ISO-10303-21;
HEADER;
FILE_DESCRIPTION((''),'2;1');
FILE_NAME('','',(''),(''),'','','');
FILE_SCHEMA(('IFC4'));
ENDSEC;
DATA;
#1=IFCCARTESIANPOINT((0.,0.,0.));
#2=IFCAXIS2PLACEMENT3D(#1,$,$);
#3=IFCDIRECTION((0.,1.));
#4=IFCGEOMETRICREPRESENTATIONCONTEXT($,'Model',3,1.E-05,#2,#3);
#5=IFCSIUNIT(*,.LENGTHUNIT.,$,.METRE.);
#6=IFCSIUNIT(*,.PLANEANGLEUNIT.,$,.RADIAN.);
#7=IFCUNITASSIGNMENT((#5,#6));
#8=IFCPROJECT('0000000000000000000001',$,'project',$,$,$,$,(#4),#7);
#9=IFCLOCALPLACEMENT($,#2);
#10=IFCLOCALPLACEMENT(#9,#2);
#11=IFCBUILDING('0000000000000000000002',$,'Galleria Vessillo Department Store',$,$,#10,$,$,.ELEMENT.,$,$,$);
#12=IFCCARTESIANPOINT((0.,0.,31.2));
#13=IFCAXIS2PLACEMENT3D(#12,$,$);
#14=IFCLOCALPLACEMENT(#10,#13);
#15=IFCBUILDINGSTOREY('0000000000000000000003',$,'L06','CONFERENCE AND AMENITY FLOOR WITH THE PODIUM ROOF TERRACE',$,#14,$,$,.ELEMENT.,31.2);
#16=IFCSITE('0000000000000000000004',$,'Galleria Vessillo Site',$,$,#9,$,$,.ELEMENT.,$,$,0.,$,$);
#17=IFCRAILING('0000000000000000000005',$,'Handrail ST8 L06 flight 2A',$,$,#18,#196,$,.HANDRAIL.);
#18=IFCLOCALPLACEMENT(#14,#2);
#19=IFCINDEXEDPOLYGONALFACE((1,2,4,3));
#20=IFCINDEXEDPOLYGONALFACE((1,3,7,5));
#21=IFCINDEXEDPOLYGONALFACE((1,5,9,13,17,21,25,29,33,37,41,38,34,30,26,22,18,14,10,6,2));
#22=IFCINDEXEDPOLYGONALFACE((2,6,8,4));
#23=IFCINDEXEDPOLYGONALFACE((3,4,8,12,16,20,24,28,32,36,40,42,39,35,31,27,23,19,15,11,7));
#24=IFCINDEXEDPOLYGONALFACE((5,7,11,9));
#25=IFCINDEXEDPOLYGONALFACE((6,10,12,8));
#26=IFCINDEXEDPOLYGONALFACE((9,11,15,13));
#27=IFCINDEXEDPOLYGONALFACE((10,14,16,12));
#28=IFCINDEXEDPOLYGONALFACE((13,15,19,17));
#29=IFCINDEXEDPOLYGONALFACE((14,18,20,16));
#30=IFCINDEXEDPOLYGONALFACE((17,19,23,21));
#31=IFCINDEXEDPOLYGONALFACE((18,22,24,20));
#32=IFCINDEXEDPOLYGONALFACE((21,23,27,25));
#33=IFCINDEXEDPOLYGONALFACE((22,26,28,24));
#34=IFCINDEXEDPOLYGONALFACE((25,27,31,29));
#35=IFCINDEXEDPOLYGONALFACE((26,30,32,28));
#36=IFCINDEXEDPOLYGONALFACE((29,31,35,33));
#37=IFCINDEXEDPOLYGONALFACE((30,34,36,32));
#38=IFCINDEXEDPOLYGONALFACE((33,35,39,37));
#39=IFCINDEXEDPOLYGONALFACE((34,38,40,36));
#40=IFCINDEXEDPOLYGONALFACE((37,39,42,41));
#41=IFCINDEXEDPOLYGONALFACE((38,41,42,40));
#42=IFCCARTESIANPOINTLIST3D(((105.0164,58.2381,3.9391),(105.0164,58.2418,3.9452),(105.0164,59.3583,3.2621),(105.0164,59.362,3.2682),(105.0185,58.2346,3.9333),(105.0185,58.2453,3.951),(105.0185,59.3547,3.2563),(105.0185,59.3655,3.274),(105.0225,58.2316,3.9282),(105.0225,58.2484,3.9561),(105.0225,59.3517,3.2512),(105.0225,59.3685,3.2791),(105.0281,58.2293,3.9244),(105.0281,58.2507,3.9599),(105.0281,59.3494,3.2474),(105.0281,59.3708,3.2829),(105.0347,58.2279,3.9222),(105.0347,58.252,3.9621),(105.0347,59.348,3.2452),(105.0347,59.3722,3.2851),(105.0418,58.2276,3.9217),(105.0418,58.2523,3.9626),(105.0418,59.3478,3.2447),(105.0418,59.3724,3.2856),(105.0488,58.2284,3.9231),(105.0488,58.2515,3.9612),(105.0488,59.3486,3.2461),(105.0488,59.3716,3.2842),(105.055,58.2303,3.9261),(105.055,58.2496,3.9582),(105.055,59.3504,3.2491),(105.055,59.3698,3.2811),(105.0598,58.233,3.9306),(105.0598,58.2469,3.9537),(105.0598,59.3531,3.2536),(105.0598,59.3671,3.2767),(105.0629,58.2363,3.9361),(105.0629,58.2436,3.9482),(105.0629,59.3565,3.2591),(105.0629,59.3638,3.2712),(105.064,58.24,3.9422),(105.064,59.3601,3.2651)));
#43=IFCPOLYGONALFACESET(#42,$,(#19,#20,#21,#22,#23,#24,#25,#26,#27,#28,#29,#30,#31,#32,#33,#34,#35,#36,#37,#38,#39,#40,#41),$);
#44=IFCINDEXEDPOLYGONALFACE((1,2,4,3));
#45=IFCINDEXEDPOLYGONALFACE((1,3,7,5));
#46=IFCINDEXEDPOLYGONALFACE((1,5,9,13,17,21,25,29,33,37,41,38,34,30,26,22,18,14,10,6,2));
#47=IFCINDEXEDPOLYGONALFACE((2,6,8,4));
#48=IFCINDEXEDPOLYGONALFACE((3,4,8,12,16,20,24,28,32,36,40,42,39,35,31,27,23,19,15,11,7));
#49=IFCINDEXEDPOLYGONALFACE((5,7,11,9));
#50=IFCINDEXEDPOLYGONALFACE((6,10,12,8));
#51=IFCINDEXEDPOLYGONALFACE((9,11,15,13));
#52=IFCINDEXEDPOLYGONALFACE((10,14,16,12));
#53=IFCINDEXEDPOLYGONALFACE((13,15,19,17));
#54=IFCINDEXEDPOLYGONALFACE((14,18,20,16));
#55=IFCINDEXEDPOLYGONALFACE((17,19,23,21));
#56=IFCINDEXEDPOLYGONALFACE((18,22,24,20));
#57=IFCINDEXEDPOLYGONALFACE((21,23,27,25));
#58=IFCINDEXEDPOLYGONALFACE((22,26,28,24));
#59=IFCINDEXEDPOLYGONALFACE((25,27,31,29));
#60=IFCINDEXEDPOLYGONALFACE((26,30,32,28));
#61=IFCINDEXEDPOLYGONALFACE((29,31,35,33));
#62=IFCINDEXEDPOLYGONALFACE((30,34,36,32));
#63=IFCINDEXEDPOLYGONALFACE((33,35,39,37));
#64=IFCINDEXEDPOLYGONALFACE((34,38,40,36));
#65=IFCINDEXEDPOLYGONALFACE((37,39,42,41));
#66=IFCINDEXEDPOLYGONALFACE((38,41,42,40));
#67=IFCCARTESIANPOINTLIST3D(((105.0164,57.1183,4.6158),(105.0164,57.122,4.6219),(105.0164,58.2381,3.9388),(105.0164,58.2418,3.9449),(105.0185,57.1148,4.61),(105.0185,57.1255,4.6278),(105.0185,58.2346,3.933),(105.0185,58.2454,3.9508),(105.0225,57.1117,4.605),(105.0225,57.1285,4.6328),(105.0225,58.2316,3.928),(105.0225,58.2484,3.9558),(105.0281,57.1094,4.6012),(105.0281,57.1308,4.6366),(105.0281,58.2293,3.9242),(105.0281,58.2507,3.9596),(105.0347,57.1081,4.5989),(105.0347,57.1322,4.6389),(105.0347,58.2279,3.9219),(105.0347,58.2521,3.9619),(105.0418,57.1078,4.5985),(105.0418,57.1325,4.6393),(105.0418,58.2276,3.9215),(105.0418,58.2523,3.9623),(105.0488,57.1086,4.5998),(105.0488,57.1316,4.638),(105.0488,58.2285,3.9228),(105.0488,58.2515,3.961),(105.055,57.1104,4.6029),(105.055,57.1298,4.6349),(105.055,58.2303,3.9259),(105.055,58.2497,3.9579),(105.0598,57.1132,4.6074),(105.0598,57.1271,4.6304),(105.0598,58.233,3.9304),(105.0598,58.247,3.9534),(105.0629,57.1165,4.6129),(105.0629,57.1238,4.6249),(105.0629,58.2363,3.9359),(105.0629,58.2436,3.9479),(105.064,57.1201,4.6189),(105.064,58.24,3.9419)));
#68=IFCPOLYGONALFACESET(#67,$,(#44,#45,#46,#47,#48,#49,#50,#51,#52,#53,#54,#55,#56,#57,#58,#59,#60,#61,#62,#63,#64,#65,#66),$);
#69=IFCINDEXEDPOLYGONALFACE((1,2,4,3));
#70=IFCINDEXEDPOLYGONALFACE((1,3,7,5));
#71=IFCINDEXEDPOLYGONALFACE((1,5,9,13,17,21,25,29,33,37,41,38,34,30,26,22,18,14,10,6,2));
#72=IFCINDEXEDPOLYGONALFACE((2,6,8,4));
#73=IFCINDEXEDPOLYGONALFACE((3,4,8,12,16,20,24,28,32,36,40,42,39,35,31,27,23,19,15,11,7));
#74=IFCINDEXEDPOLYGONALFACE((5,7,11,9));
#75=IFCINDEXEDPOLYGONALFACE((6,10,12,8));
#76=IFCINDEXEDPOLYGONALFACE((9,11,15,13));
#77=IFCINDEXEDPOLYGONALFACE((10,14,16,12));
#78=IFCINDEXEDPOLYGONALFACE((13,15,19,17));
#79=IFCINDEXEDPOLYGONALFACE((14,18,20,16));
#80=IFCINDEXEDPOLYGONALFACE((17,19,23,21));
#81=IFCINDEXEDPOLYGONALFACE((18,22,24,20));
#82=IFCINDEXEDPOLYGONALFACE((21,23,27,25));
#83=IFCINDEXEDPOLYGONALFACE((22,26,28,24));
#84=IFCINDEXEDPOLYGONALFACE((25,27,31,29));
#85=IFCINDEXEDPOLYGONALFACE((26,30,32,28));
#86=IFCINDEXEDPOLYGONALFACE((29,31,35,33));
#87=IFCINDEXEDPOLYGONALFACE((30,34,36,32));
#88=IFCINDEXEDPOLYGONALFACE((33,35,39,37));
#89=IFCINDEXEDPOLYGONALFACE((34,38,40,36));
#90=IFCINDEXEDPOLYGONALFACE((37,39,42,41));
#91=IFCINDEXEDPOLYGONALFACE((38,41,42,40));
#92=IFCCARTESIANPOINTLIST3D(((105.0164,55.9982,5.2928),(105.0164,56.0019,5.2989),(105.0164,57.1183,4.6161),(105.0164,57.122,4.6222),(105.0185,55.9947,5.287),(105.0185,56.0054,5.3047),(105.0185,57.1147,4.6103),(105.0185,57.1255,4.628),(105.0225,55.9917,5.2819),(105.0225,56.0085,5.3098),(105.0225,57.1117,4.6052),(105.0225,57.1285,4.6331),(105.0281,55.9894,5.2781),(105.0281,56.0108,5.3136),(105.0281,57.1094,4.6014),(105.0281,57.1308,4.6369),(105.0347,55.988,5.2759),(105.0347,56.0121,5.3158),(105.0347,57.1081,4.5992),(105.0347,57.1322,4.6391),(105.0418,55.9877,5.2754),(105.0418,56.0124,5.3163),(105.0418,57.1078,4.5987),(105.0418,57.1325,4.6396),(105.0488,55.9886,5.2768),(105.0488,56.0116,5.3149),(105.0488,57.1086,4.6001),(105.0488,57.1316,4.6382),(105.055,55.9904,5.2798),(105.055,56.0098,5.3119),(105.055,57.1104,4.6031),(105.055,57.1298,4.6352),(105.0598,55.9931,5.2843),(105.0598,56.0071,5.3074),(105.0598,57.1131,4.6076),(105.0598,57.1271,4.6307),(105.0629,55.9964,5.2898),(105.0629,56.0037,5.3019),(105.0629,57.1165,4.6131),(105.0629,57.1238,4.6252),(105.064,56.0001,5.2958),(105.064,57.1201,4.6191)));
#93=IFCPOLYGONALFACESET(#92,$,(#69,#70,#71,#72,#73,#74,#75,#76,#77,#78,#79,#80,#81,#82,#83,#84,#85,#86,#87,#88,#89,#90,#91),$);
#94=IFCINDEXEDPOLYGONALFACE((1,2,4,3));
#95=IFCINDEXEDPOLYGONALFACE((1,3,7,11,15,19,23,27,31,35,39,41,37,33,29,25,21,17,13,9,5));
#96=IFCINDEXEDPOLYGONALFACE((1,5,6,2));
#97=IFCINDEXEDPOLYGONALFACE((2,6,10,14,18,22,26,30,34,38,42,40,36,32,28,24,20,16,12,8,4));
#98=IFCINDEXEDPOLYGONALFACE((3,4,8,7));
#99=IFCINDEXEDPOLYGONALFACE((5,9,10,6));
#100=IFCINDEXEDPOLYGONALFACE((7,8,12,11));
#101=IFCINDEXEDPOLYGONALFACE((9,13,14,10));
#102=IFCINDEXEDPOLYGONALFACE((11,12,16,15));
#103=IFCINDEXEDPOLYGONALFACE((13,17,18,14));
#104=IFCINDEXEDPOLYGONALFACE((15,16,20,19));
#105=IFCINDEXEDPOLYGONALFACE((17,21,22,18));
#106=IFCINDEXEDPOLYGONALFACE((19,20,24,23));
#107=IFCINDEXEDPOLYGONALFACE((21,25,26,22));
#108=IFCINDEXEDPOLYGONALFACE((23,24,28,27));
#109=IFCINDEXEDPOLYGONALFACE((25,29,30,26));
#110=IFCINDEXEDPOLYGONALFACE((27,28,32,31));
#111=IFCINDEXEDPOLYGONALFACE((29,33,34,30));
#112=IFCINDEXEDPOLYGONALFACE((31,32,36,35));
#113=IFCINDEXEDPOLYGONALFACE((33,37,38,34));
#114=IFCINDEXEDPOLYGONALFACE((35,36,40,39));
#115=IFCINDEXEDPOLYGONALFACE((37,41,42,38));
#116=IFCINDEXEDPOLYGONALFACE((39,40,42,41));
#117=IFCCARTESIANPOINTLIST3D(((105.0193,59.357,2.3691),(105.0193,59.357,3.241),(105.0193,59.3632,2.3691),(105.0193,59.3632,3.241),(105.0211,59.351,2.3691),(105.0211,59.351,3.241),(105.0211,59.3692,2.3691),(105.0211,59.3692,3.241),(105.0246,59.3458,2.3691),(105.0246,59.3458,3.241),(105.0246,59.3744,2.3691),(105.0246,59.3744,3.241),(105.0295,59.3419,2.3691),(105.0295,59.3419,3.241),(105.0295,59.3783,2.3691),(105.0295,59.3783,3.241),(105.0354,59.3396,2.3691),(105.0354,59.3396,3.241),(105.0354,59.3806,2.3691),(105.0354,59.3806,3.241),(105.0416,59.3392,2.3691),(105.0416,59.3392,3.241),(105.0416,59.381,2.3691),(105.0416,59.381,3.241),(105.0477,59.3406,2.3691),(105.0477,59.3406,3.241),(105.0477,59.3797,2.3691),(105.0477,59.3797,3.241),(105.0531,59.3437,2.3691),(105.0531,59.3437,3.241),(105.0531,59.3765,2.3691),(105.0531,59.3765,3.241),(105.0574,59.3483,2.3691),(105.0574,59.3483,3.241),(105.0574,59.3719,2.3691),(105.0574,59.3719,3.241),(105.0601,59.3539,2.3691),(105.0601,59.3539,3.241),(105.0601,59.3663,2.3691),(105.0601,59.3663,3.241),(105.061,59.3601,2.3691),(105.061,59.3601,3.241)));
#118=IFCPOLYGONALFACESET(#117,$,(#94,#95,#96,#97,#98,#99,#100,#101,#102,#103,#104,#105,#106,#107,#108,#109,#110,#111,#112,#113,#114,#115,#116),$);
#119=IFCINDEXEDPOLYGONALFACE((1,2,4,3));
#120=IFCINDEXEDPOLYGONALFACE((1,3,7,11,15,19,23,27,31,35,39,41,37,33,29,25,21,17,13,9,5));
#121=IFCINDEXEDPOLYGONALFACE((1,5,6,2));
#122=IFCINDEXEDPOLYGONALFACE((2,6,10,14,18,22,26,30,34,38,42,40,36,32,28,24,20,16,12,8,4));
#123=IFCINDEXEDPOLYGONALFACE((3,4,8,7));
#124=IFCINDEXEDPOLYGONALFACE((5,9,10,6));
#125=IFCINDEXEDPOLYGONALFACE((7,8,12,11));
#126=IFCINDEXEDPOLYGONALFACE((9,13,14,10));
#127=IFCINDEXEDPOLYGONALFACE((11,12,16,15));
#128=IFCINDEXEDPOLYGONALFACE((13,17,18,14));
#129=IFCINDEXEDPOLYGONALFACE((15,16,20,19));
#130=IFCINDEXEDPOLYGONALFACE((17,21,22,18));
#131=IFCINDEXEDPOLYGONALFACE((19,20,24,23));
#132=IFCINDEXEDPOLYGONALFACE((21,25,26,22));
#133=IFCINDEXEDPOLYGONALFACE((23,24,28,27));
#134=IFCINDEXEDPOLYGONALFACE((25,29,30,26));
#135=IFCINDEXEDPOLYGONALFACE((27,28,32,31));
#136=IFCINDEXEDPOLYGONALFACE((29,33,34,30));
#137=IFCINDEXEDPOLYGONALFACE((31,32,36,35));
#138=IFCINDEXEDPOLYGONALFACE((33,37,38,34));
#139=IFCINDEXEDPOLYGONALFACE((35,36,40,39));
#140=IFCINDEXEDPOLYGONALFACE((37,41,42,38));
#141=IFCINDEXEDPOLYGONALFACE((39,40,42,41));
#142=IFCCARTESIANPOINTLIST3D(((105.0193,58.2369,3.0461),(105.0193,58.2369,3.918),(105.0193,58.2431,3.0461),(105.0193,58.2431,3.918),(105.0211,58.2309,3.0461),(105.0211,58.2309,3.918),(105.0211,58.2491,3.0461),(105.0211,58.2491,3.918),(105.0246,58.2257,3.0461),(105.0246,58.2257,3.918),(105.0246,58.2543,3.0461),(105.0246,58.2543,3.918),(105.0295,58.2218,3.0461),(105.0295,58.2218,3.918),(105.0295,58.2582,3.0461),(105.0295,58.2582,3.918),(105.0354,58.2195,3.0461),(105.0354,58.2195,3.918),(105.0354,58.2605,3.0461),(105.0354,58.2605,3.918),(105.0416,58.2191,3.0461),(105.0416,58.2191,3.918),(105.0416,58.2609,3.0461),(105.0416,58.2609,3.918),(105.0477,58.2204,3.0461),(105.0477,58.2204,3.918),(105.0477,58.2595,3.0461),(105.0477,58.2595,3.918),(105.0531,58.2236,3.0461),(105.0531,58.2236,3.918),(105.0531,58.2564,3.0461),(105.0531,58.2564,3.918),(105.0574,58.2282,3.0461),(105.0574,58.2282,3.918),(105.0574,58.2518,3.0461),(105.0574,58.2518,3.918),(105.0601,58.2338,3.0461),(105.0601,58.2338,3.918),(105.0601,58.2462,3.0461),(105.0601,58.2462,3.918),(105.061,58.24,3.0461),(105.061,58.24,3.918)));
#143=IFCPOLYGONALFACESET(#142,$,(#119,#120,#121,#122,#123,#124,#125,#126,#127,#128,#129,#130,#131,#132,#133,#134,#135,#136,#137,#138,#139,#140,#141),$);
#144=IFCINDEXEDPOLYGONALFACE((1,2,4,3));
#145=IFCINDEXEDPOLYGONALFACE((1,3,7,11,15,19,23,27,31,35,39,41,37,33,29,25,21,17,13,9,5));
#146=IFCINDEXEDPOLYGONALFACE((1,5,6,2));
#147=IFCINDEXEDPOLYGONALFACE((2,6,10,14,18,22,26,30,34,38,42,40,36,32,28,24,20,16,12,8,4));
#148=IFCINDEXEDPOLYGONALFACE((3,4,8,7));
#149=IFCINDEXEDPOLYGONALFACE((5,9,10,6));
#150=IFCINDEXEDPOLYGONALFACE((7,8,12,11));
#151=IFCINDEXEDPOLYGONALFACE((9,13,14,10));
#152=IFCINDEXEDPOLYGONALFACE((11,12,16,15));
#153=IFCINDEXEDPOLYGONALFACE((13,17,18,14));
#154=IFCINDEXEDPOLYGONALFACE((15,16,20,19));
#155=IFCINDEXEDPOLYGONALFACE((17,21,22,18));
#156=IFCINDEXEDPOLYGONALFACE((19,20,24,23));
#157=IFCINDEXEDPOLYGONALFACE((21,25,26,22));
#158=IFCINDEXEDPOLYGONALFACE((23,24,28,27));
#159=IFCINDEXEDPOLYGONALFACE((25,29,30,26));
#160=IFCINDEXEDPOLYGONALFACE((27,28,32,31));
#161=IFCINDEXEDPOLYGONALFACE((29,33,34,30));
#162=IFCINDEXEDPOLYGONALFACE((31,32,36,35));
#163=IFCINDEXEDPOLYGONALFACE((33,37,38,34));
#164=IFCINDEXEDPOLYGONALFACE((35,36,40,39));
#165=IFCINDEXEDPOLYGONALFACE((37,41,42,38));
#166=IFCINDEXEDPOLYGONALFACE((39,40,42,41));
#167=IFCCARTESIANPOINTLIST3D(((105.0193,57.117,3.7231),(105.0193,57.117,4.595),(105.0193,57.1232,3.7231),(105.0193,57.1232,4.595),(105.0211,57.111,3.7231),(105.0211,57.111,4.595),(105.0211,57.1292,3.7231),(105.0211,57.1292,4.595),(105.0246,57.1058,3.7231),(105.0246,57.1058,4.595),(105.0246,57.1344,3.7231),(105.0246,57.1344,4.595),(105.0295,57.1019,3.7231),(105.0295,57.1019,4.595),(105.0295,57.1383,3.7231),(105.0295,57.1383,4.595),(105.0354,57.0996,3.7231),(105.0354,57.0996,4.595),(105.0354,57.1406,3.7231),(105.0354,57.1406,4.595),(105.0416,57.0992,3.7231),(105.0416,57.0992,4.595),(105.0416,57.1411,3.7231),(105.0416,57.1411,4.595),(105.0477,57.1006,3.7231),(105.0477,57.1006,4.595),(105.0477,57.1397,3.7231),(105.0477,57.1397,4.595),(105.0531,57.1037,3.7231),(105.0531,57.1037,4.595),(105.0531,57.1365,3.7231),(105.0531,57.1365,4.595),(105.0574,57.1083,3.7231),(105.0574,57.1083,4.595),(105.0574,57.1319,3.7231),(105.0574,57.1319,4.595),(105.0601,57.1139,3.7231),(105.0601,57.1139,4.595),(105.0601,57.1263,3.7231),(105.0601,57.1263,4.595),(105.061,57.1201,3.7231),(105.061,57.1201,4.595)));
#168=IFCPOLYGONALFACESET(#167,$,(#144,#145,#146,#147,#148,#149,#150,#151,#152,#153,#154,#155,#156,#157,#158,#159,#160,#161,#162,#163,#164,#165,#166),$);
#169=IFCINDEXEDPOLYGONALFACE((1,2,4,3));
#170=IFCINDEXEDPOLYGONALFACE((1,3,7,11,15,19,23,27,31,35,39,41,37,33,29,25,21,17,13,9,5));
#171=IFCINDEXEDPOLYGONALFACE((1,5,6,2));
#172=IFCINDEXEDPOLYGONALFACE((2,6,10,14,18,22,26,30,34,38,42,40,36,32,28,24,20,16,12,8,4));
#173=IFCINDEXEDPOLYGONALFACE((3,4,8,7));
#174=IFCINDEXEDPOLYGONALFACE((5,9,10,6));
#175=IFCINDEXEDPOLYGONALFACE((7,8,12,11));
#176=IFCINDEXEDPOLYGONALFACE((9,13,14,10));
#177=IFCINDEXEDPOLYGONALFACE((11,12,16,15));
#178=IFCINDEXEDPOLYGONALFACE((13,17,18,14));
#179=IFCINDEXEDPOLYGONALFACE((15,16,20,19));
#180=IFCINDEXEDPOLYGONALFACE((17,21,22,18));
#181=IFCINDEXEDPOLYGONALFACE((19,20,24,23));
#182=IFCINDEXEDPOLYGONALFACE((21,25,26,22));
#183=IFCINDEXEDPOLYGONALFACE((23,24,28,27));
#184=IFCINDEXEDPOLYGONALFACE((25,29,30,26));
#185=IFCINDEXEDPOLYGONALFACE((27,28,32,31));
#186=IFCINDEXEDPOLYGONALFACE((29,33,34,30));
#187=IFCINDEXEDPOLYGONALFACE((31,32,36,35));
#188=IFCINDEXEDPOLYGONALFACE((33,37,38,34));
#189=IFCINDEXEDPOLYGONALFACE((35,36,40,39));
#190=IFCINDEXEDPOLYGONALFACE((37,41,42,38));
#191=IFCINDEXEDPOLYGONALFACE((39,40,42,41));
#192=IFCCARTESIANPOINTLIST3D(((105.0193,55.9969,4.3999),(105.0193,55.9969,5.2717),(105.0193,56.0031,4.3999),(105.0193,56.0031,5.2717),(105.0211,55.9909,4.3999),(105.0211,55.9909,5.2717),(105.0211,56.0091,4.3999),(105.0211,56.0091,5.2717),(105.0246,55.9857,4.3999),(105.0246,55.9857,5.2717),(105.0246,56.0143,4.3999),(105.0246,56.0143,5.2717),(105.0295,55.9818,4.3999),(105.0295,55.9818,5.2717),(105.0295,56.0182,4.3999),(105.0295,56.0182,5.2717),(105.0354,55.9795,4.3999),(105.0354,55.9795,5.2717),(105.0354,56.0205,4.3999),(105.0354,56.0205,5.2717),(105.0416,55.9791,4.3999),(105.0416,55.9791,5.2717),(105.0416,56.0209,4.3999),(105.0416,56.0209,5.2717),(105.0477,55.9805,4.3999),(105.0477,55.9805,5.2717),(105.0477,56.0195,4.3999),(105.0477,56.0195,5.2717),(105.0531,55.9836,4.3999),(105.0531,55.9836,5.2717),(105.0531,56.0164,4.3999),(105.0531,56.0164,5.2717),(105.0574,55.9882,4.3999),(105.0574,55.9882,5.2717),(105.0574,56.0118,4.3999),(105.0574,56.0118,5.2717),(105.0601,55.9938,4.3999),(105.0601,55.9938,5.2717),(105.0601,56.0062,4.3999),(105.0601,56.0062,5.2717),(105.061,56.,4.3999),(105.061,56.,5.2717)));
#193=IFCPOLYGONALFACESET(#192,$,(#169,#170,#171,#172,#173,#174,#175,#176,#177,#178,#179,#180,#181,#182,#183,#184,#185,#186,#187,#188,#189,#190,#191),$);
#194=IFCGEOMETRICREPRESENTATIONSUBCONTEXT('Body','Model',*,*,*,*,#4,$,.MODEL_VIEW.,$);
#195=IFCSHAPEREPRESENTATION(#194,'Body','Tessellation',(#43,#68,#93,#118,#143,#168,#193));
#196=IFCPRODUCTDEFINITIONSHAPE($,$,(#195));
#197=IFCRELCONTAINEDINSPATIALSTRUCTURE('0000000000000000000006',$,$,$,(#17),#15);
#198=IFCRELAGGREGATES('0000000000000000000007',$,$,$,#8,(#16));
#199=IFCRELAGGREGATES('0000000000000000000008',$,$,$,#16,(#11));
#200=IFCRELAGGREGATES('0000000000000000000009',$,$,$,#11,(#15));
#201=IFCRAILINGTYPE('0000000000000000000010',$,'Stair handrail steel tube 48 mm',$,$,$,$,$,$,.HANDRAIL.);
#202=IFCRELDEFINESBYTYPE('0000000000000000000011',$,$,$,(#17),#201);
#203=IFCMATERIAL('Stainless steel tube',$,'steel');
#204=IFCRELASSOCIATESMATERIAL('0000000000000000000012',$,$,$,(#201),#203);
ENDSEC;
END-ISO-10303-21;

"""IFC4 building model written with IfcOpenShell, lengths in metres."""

from ifc_helpers import new_model, si_unit, direction, frame, origin, origin_2d, place, context, subcontext, project, spatial, circle, extrude, material, type_object, element, save


model = new_model("IFC4")

# Units and contexts
model_context = context("Model", 3, precision=1e-05, world=origin(), true_north=direction((0.0, 1.0)))
body_context = subcontext(model_context, "Body", "Model", "MODEL_VIEW")
ifc_project = project(units=[si_unit("LENGTHUNIT", "METRE"), si_unit("PLANEANGLEUNIT", "RADIAN")], contexts=[model_context])

# Site, building, storey
site_placement = place(None, origin())
site = spatial("IfcSite", under=ifc_project, at=site_placement, Name="Galleria Vessillo Site", CompositionType="ELEMENT", RefElevation=0.0)
building_placement = place(site_placement, origin())
building = spatial("IfcBuilding", under=site, at=building_placement, Name="Galleria Vessillo Department Store", CompositionType="ELEMENT")
storey_placement = place(building_placement, frame((0.0, 0.0, 31.2)))
storey = spatial("IfcBuildingStorey", under=building, at=storey_placement, Name="L06", Description="CONFERENCE AND AMENITY FLOOR WITH THE PODIUM ROOF TERRACE", CompositionType="ELEMENT", Elevation=31.2)

# Railing
ifc_material_1 = material(Name="Stainless steel tube", Category="steel")
railing_type = type_object("IfcRailingType", Name="Stair handrail steel tube 48 mm", PredefinedType="HANDRAIL", material=ifc_material_1)
railing_placement = place(storey_placement, frame((105.04, 59.3601, 2.3691)))
element("IfcRailing", 1, at=railing_placement, inside=storey, type_object=railing_type, Name="Handrail ST8 L06 flight 2A", PredefinedType="HANDRAIL", context=body_context, shape_type="SweptSolid", body=[
    extrude(circle(Radius=0.0239, at=origin_2d()), frame((0.0, 0.0, 0.896), z_axis=(0.0, -0.855826, 0.517264), x_axis=(1.0, 0.0, 0.0)), (0.0, 0.0, 1.0), 1.3088),
    extrude(circle(Radius=0.0239, at=origin_2d()), frame((0.0, -1.1201, 1.5728), z_axis=(0.0, -0.855776, 0.517346), x_axis=(1.0, 0.0, 0.0)), (0.0, 0.0, 1.0), 1.3086),
    extrude(circle(Radius=0.0239, at=origin_2d()), frame((0.0, -2.24, 2.25), z_axis=(0.0, -0.855909, 0.517127), x_axis=(1.0, 0.0, 0.0)), (0.0, 0.0, 1.0), 1.3086),
    extrude(circle(Radius=0.021, at=origin_2d()), origin(), (0.0, 0.0, 1.0), 0.8718),
    extrude(circle(Radius=0.021, at=origin_2d()), frame((0.0, -1.1201, 0.677)), (0.0, 0.0, 1.0), 0.8718),
    extrude(circle(Radius=0.021, at=origin_2d()), frame((0.0, -2.24, 1.354)), (0.0, 0.0, 1.0), 0.8718),
    extrude(circle(Radius=0.021, at=origin_2d()), frame((0.0, -3.3601, 2.0308)), (0.0, 0.0, 1.0), 0.8718),
])

save(model, "model.ifc")
